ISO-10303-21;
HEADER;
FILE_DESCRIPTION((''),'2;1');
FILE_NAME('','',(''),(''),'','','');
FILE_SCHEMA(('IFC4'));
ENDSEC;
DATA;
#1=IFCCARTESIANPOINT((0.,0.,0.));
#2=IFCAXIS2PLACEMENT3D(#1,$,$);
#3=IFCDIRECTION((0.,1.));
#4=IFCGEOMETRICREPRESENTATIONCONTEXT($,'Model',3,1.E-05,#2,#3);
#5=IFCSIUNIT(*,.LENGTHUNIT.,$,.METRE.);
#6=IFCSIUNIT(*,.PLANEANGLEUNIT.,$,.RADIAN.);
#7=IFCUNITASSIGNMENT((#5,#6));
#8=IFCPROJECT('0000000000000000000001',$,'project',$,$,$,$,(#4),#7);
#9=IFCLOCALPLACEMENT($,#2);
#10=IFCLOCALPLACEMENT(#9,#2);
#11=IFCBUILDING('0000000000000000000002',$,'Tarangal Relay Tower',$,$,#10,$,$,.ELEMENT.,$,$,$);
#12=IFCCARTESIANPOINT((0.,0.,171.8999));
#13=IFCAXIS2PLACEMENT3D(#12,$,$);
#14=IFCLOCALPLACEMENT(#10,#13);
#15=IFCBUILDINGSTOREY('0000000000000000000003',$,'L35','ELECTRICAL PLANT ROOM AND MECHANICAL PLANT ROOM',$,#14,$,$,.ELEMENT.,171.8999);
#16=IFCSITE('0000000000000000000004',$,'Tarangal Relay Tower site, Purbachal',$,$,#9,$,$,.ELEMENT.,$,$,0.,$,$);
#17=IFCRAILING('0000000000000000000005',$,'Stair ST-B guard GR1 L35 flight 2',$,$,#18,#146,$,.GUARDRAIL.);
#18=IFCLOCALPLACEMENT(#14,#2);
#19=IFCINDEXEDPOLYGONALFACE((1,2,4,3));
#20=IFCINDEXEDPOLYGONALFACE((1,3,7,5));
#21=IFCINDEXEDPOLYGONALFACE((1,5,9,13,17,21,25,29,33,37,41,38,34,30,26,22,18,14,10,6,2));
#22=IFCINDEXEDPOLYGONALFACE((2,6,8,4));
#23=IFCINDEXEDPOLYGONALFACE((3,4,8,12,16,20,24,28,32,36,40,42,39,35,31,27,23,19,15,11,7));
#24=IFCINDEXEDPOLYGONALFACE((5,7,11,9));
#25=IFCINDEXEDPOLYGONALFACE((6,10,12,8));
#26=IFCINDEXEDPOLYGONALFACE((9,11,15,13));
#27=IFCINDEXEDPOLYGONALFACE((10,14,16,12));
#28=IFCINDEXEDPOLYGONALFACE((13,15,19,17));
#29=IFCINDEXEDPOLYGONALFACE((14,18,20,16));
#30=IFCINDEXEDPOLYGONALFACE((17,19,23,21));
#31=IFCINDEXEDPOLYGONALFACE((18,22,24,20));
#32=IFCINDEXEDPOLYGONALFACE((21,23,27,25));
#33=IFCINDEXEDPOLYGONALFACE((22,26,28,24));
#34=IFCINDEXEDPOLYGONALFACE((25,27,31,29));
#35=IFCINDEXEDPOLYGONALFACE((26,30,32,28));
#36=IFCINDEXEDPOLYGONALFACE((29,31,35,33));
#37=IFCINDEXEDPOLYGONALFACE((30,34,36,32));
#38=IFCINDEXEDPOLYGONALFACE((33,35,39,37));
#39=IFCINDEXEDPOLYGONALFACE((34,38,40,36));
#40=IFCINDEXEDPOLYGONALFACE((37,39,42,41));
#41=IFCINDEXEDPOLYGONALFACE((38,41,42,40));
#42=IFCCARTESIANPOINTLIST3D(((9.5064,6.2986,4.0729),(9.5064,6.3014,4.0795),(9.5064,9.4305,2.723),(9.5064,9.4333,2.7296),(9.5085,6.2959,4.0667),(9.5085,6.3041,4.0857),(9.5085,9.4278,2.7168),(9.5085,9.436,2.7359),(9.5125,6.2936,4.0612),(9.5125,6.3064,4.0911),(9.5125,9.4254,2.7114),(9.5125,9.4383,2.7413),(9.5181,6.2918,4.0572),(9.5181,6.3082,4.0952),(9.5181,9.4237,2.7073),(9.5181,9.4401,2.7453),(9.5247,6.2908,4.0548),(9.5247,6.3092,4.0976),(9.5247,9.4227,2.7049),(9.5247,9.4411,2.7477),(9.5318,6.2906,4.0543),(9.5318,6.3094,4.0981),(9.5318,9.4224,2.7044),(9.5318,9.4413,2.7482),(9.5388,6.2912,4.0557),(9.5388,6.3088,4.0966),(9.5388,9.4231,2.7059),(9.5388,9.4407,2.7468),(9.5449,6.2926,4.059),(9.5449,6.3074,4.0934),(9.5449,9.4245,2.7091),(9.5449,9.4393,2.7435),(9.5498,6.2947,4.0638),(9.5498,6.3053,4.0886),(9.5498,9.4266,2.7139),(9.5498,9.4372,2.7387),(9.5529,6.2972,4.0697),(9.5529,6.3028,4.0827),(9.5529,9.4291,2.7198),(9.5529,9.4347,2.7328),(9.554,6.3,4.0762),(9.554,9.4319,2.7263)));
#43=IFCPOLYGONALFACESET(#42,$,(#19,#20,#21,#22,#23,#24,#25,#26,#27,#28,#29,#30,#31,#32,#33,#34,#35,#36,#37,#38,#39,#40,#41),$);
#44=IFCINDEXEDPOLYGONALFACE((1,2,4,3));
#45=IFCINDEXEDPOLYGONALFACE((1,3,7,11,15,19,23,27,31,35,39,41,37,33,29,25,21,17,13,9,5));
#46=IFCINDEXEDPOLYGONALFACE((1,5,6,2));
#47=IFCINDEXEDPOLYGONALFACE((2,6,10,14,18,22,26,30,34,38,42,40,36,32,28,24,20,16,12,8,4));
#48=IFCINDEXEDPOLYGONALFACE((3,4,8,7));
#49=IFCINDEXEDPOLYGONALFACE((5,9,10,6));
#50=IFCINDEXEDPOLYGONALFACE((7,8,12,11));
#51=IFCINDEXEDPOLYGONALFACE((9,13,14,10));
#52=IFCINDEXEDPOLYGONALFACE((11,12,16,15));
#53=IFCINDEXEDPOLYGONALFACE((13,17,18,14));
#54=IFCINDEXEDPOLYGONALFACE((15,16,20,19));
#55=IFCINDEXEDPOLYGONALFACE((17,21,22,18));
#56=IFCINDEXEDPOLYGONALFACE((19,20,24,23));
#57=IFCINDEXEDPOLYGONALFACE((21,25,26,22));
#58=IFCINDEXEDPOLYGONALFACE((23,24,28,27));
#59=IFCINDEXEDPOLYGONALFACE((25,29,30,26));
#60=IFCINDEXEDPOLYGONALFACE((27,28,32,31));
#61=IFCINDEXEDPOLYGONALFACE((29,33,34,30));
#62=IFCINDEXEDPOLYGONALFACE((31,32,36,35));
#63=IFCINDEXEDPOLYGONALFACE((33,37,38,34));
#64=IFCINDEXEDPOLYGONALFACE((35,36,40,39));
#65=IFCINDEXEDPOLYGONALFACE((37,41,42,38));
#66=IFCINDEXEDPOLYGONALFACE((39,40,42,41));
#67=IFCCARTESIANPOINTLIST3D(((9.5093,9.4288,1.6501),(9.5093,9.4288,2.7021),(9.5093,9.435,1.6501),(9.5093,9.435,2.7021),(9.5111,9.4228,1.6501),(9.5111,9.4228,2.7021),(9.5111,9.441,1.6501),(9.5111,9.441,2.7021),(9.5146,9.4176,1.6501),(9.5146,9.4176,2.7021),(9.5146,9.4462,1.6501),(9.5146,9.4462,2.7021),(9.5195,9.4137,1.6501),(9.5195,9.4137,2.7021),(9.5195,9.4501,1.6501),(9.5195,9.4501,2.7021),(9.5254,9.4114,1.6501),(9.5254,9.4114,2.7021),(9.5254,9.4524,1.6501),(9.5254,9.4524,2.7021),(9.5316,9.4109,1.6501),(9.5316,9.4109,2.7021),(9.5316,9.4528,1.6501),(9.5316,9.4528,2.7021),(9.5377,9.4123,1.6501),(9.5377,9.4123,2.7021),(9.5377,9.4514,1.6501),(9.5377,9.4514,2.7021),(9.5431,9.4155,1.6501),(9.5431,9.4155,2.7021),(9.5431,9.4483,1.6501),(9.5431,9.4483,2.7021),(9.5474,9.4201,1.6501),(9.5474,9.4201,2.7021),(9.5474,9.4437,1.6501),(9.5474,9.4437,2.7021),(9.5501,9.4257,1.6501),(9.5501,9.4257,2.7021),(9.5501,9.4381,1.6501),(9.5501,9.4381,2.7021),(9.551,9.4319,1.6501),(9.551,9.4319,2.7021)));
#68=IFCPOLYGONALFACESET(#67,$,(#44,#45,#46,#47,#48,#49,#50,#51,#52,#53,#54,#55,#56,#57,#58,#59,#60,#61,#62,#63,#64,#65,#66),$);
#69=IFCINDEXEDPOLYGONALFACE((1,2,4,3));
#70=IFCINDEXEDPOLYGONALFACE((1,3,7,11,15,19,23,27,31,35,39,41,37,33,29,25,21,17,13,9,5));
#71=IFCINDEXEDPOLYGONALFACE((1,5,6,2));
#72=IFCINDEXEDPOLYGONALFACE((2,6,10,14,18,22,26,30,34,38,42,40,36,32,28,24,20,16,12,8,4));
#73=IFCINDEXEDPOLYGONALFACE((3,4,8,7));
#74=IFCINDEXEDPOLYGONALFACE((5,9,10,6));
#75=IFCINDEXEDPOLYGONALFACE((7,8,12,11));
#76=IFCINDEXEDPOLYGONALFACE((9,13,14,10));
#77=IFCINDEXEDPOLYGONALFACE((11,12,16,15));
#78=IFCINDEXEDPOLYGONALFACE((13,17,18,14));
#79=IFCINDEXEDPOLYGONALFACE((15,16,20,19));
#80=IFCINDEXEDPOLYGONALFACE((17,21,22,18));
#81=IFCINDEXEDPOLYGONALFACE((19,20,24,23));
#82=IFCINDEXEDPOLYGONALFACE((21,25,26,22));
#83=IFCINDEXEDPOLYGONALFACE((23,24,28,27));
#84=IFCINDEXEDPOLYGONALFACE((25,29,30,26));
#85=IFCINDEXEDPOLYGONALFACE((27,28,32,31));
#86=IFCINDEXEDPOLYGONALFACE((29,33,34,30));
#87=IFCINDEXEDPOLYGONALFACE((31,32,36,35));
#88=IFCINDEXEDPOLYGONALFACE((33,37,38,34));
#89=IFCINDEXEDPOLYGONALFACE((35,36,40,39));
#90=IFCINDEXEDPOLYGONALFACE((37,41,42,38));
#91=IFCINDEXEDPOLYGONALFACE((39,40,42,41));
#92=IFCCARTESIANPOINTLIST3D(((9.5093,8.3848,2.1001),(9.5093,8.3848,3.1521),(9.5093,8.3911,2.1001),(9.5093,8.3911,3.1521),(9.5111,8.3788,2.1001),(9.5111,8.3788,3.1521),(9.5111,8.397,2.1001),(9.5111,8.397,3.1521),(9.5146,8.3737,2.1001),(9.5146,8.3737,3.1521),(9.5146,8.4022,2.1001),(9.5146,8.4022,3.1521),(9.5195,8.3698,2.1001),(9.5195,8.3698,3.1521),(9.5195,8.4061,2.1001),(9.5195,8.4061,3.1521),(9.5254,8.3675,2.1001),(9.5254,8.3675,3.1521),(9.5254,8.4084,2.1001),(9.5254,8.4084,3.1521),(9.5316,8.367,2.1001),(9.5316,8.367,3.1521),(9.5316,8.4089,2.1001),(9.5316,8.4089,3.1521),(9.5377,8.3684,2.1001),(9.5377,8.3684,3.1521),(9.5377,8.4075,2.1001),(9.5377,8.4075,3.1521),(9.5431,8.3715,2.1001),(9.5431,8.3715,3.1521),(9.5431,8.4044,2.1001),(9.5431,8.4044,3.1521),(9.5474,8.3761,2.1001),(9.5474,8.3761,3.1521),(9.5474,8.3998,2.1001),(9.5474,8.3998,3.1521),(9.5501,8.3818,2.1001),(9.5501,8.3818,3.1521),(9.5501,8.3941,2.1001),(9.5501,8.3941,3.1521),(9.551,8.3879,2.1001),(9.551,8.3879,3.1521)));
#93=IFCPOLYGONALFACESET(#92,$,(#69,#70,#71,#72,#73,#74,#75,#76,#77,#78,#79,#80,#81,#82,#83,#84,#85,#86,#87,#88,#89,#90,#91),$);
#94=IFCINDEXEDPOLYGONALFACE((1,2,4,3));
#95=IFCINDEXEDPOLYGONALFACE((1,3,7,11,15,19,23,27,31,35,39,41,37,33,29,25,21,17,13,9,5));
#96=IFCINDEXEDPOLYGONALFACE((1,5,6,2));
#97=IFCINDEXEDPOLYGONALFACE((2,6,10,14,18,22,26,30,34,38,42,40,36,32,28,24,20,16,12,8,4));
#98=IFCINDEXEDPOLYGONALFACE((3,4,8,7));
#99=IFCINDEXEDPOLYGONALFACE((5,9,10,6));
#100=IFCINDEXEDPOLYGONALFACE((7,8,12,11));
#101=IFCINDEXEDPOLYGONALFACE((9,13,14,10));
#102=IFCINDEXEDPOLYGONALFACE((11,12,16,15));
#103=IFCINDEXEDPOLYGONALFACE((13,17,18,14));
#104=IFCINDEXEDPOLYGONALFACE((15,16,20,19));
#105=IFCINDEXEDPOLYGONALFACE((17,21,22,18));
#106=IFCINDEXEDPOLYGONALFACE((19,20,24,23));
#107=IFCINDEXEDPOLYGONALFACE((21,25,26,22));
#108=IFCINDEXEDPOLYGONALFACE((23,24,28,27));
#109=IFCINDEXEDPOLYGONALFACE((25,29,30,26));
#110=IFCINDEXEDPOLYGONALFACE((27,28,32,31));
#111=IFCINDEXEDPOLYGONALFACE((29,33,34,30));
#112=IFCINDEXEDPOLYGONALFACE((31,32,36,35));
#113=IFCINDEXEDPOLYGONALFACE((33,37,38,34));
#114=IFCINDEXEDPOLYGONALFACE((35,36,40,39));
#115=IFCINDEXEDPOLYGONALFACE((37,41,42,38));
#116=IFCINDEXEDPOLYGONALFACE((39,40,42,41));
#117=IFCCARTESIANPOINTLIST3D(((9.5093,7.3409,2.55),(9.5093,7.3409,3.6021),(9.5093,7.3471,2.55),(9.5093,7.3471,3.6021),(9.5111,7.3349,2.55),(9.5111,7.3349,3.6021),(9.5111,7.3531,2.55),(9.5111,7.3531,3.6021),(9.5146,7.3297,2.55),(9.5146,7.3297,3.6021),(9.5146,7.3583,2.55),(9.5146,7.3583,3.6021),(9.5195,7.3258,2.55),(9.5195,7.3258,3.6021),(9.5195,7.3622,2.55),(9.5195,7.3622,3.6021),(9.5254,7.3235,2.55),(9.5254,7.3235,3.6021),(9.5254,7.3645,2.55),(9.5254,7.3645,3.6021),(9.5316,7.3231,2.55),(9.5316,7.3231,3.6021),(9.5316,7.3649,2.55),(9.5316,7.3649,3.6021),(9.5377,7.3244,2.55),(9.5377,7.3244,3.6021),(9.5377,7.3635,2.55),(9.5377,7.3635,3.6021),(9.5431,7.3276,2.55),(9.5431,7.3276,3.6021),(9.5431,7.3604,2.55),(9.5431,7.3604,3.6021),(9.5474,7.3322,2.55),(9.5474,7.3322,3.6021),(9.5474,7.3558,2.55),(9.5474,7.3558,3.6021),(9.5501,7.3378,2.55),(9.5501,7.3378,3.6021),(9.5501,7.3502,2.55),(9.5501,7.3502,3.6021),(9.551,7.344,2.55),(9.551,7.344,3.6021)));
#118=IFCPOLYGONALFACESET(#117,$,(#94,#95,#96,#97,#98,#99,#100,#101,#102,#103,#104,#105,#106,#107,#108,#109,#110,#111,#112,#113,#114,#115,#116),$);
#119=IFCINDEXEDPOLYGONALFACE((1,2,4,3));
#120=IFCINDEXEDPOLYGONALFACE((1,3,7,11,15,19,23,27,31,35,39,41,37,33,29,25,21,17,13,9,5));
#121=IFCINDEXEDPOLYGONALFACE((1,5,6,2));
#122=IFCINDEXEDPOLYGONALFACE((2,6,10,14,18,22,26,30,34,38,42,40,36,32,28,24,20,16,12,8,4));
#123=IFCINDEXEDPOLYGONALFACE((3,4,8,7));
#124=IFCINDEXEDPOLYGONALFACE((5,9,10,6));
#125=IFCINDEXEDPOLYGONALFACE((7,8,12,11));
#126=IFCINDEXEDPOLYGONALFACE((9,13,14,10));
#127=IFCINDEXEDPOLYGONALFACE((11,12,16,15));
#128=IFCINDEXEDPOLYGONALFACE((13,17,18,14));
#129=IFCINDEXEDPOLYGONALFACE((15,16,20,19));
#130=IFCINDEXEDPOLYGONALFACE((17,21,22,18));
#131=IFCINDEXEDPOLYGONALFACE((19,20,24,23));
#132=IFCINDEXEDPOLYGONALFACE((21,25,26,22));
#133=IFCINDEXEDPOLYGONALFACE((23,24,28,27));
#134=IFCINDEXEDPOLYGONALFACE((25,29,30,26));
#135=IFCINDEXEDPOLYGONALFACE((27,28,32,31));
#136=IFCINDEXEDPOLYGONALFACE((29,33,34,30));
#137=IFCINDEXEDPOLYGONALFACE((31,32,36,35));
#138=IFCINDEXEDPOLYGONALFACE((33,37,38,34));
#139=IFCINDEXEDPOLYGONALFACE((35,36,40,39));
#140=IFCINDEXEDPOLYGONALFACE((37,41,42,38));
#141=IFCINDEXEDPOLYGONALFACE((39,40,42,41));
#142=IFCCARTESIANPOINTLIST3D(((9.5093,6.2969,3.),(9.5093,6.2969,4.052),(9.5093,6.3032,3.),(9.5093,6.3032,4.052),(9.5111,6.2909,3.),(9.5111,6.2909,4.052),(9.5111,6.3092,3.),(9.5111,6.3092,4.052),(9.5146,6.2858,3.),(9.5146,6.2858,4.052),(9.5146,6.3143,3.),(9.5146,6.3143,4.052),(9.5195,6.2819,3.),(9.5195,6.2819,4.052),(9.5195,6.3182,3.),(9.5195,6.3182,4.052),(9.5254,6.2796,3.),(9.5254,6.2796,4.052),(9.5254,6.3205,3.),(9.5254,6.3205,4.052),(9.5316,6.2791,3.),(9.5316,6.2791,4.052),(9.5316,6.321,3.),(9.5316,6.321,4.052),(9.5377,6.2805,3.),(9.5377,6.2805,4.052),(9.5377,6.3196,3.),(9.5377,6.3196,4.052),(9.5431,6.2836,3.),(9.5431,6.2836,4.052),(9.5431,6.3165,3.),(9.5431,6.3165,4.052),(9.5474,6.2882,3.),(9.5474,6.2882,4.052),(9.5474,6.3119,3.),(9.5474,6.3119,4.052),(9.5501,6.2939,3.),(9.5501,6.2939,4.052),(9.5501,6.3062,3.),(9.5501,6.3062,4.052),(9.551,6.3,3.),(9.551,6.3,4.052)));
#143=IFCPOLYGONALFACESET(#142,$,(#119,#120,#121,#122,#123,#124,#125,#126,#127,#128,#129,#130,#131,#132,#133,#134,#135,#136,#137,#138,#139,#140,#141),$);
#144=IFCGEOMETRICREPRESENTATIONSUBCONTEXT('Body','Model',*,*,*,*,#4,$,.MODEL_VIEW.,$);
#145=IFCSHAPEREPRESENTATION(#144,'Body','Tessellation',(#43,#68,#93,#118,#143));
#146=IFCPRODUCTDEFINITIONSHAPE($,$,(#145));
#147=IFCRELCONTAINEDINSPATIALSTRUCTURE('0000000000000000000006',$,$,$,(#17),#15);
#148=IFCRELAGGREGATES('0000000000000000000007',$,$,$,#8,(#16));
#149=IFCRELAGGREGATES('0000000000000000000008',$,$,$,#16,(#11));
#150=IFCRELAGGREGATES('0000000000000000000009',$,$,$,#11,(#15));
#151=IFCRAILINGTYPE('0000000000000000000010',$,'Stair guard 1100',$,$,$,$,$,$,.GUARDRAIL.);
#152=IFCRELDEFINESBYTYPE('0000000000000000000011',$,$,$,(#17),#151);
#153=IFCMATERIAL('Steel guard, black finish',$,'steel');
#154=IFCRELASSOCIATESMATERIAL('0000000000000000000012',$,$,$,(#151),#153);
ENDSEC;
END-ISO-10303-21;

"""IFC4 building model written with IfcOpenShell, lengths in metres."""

from ifc_helpers import new_model, si_unit, direction, frame, origin, origin_2d, place, context, subcontext, project, spatial, circle, extrude, material, type_object, element, save


model = new_model("IFC4")

# Units and contexts
model_context = context("Model", 3, precision=1e-05, world=origin(), true_north=direction((0.0, 1.0)))
body_context = subcontext(model_context, "Body", "Model", "MODEL_VIEW")
ifc_project = project(units=[si_unit("LENGTHUNIT", "METRE"), si_unit("PLANEANGLEUNIT", "RADIAN")], contexts=[model_context])

# Site, building, storey
site_placement = place(None, origin())
site = spatial("IfcSite", under=ifc_project, at=site_placement, Name="Tarangal Relay Tower site, Purbachal", CompositionType="ELEMENT", RefElevation=0.0)
building_placement = place(site_placement, origin())
building = spatial("IfcBuilding", under=site, at=building_placement, Name="Tarangal Relay Tower", CompositionType="ELEMENT")
storey_placement = place(building_placement, frame((0.0, 0.0, 171.8999)))
storey = spatial("IfcBuildingStorey", under=building, at=storey_placement, Name="L35", Description="ELECTRICAL PLANT ROOM AND MECHANICAL PLANT ROOM", CompositionType="ELEMENT", Elevation=171.8999)

# Railing
ifc_material_1 = material(Name="Steel guard, black finish", Category="steel")
railing_type_1 = type_object("IfcRailingType", Name="Stair guard 1100", PredefinedType="GUARDRAIL", material=ifc_material_1)
railing_1_placement = place(storey_placement, frame((9.53, 9.4319, 1.6501)))
element("IfcRailing", 1, at=railing_1_placement, inside=storey, type_object=railing_type_1, Name="Stair ST-B guard GR1 L35 flight 2", PredefinedType="GUARDRAIL", context=body_context, shape_type="SweptSolid", body=[
    extrude(circle(Radius=0.0239, at=origin_2d()), frame((0.0, 0.0, 1.0762), z_axis=(0.0, -0.918332, 0.395811), x_axis=(1.0, 0.0, 0.0)), (0.0, 0.0, 1.0), 3.4104),
    extrude(circle(Radius=0.021, at=origin_2d()), origin(), (0.0, 0.0, 1.0), 1.052),
    extrude(circle(Radius=0.021, at=origin_2d()), frame((0.0, -1.0439, 0.45)), (0.0, 0.0, 1.0), 1.052),
    extrude(circle(Radius=0.021, at=origin_2d()), frame((0.0, -2.0879, 0.8999)), (0.0, 0.0, 1.0), 1.052),
    extrude(circle(Radius=0.021, at=origin_2d()), frame((0.0, -3.1318, 1.3499)), (0.0, 0.0, 1.0), 1.052),
])

save(model, "model.ifc")
